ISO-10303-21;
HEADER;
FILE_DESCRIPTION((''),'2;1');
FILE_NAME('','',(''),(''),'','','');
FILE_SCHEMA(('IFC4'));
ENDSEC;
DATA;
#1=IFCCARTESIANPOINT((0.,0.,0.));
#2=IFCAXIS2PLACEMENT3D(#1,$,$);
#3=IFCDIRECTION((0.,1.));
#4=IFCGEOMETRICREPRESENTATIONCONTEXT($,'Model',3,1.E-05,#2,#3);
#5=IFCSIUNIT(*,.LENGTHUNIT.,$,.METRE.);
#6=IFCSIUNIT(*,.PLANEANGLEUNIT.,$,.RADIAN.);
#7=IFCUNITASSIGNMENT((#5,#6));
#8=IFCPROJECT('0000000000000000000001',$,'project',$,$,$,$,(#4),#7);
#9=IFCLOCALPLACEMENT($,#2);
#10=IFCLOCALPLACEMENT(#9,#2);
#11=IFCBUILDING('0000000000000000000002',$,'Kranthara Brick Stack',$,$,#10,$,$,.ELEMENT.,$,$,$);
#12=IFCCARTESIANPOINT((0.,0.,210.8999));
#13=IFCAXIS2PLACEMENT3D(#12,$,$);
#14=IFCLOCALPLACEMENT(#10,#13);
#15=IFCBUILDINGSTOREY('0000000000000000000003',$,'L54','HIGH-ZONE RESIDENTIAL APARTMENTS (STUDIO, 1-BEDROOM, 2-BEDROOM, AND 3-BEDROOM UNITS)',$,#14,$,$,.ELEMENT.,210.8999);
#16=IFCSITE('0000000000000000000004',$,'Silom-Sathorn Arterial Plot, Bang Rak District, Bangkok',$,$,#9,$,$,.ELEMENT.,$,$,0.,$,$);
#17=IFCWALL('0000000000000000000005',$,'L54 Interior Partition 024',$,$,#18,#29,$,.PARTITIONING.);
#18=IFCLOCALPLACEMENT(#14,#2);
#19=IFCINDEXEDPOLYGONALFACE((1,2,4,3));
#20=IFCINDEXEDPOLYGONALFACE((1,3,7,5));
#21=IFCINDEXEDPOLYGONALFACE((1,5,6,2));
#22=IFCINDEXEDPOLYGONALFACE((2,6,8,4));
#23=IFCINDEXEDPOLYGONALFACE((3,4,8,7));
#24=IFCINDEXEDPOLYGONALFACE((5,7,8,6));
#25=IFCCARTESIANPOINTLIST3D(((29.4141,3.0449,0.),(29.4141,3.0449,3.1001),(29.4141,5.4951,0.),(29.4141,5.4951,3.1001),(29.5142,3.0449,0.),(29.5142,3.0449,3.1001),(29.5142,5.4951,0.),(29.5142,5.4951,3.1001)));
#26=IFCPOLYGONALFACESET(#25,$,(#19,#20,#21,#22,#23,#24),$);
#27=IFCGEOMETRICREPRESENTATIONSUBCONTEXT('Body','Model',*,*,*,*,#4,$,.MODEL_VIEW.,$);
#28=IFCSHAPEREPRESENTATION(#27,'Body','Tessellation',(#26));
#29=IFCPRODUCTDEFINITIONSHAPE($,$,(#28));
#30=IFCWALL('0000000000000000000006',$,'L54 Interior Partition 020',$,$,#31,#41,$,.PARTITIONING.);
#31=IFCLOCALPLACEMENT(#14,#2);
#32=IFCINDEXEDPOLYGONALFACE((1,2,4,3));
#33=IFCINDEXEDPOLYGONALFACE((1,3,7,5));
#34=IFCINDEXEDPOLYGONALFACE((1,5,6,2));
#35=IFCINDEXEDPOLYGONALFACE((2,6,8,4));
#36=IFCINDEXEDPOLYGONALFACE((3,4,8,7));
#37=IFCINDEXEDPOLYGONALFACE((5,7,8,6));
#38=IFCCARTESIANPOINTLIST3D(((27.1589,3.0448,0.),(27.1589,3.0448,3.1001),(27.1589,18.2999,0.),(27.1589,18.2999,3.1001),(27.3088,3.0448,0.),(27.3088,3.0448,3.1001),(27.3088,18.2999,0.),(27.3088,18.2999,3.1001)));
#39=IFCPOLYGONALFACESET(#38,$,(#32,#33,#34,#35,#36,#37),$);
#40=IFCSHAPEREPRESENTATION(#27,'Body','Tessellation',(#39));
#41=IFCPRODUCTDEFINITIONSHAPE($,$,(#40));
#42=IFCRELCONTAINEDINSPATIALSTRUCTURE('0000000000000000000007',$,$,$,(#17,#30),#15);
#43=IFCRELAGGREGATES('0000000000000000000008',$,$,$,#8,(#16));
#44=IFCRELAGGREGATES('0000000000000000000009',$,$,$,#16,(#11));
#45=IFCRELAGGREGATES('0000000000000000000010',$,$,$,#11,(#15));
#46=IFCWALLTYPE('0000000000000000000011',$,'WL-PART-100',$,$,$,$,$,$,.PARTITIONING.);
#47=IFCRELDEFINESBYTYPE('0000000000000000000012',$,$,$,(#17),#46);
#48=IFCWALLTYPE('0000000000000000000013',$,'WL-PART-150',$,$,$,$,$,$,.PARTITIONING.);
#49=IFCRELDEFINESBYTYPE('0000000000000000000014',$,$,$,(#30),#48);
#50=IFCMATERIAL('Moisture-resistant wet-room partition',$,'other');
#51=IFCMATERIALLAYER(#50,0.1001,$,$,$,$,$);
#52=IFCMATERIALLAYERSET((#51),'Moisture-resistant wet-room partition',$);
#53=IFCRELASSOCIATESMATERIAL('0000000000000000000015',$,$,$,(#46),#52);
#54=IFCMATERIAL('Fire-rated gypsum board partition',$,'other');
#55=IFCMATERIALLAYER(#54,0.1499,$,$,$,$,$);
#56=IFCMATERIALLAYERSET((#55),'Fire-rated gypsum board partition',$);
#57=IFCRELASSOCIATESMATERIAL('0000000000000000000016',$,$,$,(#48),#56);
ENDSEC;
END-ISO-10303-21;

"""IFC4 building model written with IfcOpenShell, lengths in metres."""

from ifc_helpers import new_model, si_unit, direction, frame, frame_2d, origin, place, context, subcontext, project, spatial, rectangle, extrude, material, layer, layer_set, type_object, element, save


model = new_model("IFC4")

# Units and contexts
model_context = context("Model", 3, precision=1e-05, world=origin(), true_north=direction((0.0, 1.0)))
body_context = subcontext(model_context, "Body", "Model", "MODEL_VIEW")
ifc_project = project(units=[si_unit("LENGTHUNIT", "METRE"), si_unit("PLANEANGLEUNIT", "RADIAN")], contexts=[model_context])

# Site, building, storey
site_placement = place(None, origin())
site = spatial("IfcSite", under=ifc_project, at=site_placement, Name="Silom-Sathorn Arterial Plot, Bang Rak District, Bangkok", CompositionType="ELEMENT", RefElevation=0.0)
building_placement = place(site_placement, origin())
building = spatial("IfcBuilding", under=site, at=building_placement, Name="Kranthara Brick Stack", CompositionType="ELEMENT")
storey_placement = place(building_placement, frame((0.0, 0.0, 210.8999)))
storey = spatial("IfcBuildingStorey", under=building, at=storey_placement, Name="L54", Description="HIGH-ZONE RESIDENTIAL APARTMENTS (STUDIO, 1-BEDROOM, 2-BEDROOM, AND 3-BEDROOM UNITS)", CompositionType="ELEMENT", Elevation=210.8999)

# Walls
ifc_material_1 = material(Name="Moisture-resistant wet-room partition", Category="other")
ifc_layer_1 = layer(ifc_material_1, 0.1001)
ifc_layer_set_1 = layer_set([ifc_layer_1], Name="Moisture-resistant wet-room partition")
wall_type_1 = type_object("IfcWallType", Name="WL-PART-100", PredefinedType="PARTITIONING", material=ifc_layer_set_1)
for number, where, z_axis, x_axis, name in (
    (1, (29.4641, 3.0449, 0.0), (0.0, 0.0, 1.0), (0.0, 1.0, 0.0), "L54 Interior Partition 024"),
):
    element("IfcWall", number, at=place(storey_placement, frame(where, z_axis=z_axis, x_axis=x_axis)), inside=storey, type_object=wall_type_1, Name=name, PredefinedType="PARTITIONING", context=body_context, shape_type="SweptSolid", body=[
        extrude(rectangle(XDim=2.4502, YDim=0.1001, at=frame_2d((1.2251, 0.0))), origin(), (0.0, 0.0, 1.0), 3.1001),
    ])
ifc_material_2 = material(Name="Fire-rated gypsum board partition", Category="other")
ifc_layer_2 = layer(ifc_material_2, 0.1499)
ifc_layer_set_2 = layer_set([ifc_layer_2], Name="Fire-rated gypsum board partition")
wall_type_2 = type_object("IfcWallType", Name="WL-PART-150", PredefinedType="PARTITIONING", material=ifc_layer_set_2)
wall_placement = place(storey_placement, frame((27.2339, 3.0449, 0.0), z_axis=(0.0, 0.0, 1.0), x_axis=(0.0, 1.0, 0.0)))
element("IfcWall", 2, at=wall_placement, inside=storey, type_object=wall_type_2, Name="L54 Interior Partition 020", PredefinedType="PARTITIONING", context=body_context, shape_type="SweptSolid", body=[
    extrude(rectangle(XDim=15.2551, YDim=0.1499, at=frame_2d((7.6274, 0.0))), origin(), (0.0, 0.0, 1.0), 3.1001),
])

save(model, "model.ifc")
